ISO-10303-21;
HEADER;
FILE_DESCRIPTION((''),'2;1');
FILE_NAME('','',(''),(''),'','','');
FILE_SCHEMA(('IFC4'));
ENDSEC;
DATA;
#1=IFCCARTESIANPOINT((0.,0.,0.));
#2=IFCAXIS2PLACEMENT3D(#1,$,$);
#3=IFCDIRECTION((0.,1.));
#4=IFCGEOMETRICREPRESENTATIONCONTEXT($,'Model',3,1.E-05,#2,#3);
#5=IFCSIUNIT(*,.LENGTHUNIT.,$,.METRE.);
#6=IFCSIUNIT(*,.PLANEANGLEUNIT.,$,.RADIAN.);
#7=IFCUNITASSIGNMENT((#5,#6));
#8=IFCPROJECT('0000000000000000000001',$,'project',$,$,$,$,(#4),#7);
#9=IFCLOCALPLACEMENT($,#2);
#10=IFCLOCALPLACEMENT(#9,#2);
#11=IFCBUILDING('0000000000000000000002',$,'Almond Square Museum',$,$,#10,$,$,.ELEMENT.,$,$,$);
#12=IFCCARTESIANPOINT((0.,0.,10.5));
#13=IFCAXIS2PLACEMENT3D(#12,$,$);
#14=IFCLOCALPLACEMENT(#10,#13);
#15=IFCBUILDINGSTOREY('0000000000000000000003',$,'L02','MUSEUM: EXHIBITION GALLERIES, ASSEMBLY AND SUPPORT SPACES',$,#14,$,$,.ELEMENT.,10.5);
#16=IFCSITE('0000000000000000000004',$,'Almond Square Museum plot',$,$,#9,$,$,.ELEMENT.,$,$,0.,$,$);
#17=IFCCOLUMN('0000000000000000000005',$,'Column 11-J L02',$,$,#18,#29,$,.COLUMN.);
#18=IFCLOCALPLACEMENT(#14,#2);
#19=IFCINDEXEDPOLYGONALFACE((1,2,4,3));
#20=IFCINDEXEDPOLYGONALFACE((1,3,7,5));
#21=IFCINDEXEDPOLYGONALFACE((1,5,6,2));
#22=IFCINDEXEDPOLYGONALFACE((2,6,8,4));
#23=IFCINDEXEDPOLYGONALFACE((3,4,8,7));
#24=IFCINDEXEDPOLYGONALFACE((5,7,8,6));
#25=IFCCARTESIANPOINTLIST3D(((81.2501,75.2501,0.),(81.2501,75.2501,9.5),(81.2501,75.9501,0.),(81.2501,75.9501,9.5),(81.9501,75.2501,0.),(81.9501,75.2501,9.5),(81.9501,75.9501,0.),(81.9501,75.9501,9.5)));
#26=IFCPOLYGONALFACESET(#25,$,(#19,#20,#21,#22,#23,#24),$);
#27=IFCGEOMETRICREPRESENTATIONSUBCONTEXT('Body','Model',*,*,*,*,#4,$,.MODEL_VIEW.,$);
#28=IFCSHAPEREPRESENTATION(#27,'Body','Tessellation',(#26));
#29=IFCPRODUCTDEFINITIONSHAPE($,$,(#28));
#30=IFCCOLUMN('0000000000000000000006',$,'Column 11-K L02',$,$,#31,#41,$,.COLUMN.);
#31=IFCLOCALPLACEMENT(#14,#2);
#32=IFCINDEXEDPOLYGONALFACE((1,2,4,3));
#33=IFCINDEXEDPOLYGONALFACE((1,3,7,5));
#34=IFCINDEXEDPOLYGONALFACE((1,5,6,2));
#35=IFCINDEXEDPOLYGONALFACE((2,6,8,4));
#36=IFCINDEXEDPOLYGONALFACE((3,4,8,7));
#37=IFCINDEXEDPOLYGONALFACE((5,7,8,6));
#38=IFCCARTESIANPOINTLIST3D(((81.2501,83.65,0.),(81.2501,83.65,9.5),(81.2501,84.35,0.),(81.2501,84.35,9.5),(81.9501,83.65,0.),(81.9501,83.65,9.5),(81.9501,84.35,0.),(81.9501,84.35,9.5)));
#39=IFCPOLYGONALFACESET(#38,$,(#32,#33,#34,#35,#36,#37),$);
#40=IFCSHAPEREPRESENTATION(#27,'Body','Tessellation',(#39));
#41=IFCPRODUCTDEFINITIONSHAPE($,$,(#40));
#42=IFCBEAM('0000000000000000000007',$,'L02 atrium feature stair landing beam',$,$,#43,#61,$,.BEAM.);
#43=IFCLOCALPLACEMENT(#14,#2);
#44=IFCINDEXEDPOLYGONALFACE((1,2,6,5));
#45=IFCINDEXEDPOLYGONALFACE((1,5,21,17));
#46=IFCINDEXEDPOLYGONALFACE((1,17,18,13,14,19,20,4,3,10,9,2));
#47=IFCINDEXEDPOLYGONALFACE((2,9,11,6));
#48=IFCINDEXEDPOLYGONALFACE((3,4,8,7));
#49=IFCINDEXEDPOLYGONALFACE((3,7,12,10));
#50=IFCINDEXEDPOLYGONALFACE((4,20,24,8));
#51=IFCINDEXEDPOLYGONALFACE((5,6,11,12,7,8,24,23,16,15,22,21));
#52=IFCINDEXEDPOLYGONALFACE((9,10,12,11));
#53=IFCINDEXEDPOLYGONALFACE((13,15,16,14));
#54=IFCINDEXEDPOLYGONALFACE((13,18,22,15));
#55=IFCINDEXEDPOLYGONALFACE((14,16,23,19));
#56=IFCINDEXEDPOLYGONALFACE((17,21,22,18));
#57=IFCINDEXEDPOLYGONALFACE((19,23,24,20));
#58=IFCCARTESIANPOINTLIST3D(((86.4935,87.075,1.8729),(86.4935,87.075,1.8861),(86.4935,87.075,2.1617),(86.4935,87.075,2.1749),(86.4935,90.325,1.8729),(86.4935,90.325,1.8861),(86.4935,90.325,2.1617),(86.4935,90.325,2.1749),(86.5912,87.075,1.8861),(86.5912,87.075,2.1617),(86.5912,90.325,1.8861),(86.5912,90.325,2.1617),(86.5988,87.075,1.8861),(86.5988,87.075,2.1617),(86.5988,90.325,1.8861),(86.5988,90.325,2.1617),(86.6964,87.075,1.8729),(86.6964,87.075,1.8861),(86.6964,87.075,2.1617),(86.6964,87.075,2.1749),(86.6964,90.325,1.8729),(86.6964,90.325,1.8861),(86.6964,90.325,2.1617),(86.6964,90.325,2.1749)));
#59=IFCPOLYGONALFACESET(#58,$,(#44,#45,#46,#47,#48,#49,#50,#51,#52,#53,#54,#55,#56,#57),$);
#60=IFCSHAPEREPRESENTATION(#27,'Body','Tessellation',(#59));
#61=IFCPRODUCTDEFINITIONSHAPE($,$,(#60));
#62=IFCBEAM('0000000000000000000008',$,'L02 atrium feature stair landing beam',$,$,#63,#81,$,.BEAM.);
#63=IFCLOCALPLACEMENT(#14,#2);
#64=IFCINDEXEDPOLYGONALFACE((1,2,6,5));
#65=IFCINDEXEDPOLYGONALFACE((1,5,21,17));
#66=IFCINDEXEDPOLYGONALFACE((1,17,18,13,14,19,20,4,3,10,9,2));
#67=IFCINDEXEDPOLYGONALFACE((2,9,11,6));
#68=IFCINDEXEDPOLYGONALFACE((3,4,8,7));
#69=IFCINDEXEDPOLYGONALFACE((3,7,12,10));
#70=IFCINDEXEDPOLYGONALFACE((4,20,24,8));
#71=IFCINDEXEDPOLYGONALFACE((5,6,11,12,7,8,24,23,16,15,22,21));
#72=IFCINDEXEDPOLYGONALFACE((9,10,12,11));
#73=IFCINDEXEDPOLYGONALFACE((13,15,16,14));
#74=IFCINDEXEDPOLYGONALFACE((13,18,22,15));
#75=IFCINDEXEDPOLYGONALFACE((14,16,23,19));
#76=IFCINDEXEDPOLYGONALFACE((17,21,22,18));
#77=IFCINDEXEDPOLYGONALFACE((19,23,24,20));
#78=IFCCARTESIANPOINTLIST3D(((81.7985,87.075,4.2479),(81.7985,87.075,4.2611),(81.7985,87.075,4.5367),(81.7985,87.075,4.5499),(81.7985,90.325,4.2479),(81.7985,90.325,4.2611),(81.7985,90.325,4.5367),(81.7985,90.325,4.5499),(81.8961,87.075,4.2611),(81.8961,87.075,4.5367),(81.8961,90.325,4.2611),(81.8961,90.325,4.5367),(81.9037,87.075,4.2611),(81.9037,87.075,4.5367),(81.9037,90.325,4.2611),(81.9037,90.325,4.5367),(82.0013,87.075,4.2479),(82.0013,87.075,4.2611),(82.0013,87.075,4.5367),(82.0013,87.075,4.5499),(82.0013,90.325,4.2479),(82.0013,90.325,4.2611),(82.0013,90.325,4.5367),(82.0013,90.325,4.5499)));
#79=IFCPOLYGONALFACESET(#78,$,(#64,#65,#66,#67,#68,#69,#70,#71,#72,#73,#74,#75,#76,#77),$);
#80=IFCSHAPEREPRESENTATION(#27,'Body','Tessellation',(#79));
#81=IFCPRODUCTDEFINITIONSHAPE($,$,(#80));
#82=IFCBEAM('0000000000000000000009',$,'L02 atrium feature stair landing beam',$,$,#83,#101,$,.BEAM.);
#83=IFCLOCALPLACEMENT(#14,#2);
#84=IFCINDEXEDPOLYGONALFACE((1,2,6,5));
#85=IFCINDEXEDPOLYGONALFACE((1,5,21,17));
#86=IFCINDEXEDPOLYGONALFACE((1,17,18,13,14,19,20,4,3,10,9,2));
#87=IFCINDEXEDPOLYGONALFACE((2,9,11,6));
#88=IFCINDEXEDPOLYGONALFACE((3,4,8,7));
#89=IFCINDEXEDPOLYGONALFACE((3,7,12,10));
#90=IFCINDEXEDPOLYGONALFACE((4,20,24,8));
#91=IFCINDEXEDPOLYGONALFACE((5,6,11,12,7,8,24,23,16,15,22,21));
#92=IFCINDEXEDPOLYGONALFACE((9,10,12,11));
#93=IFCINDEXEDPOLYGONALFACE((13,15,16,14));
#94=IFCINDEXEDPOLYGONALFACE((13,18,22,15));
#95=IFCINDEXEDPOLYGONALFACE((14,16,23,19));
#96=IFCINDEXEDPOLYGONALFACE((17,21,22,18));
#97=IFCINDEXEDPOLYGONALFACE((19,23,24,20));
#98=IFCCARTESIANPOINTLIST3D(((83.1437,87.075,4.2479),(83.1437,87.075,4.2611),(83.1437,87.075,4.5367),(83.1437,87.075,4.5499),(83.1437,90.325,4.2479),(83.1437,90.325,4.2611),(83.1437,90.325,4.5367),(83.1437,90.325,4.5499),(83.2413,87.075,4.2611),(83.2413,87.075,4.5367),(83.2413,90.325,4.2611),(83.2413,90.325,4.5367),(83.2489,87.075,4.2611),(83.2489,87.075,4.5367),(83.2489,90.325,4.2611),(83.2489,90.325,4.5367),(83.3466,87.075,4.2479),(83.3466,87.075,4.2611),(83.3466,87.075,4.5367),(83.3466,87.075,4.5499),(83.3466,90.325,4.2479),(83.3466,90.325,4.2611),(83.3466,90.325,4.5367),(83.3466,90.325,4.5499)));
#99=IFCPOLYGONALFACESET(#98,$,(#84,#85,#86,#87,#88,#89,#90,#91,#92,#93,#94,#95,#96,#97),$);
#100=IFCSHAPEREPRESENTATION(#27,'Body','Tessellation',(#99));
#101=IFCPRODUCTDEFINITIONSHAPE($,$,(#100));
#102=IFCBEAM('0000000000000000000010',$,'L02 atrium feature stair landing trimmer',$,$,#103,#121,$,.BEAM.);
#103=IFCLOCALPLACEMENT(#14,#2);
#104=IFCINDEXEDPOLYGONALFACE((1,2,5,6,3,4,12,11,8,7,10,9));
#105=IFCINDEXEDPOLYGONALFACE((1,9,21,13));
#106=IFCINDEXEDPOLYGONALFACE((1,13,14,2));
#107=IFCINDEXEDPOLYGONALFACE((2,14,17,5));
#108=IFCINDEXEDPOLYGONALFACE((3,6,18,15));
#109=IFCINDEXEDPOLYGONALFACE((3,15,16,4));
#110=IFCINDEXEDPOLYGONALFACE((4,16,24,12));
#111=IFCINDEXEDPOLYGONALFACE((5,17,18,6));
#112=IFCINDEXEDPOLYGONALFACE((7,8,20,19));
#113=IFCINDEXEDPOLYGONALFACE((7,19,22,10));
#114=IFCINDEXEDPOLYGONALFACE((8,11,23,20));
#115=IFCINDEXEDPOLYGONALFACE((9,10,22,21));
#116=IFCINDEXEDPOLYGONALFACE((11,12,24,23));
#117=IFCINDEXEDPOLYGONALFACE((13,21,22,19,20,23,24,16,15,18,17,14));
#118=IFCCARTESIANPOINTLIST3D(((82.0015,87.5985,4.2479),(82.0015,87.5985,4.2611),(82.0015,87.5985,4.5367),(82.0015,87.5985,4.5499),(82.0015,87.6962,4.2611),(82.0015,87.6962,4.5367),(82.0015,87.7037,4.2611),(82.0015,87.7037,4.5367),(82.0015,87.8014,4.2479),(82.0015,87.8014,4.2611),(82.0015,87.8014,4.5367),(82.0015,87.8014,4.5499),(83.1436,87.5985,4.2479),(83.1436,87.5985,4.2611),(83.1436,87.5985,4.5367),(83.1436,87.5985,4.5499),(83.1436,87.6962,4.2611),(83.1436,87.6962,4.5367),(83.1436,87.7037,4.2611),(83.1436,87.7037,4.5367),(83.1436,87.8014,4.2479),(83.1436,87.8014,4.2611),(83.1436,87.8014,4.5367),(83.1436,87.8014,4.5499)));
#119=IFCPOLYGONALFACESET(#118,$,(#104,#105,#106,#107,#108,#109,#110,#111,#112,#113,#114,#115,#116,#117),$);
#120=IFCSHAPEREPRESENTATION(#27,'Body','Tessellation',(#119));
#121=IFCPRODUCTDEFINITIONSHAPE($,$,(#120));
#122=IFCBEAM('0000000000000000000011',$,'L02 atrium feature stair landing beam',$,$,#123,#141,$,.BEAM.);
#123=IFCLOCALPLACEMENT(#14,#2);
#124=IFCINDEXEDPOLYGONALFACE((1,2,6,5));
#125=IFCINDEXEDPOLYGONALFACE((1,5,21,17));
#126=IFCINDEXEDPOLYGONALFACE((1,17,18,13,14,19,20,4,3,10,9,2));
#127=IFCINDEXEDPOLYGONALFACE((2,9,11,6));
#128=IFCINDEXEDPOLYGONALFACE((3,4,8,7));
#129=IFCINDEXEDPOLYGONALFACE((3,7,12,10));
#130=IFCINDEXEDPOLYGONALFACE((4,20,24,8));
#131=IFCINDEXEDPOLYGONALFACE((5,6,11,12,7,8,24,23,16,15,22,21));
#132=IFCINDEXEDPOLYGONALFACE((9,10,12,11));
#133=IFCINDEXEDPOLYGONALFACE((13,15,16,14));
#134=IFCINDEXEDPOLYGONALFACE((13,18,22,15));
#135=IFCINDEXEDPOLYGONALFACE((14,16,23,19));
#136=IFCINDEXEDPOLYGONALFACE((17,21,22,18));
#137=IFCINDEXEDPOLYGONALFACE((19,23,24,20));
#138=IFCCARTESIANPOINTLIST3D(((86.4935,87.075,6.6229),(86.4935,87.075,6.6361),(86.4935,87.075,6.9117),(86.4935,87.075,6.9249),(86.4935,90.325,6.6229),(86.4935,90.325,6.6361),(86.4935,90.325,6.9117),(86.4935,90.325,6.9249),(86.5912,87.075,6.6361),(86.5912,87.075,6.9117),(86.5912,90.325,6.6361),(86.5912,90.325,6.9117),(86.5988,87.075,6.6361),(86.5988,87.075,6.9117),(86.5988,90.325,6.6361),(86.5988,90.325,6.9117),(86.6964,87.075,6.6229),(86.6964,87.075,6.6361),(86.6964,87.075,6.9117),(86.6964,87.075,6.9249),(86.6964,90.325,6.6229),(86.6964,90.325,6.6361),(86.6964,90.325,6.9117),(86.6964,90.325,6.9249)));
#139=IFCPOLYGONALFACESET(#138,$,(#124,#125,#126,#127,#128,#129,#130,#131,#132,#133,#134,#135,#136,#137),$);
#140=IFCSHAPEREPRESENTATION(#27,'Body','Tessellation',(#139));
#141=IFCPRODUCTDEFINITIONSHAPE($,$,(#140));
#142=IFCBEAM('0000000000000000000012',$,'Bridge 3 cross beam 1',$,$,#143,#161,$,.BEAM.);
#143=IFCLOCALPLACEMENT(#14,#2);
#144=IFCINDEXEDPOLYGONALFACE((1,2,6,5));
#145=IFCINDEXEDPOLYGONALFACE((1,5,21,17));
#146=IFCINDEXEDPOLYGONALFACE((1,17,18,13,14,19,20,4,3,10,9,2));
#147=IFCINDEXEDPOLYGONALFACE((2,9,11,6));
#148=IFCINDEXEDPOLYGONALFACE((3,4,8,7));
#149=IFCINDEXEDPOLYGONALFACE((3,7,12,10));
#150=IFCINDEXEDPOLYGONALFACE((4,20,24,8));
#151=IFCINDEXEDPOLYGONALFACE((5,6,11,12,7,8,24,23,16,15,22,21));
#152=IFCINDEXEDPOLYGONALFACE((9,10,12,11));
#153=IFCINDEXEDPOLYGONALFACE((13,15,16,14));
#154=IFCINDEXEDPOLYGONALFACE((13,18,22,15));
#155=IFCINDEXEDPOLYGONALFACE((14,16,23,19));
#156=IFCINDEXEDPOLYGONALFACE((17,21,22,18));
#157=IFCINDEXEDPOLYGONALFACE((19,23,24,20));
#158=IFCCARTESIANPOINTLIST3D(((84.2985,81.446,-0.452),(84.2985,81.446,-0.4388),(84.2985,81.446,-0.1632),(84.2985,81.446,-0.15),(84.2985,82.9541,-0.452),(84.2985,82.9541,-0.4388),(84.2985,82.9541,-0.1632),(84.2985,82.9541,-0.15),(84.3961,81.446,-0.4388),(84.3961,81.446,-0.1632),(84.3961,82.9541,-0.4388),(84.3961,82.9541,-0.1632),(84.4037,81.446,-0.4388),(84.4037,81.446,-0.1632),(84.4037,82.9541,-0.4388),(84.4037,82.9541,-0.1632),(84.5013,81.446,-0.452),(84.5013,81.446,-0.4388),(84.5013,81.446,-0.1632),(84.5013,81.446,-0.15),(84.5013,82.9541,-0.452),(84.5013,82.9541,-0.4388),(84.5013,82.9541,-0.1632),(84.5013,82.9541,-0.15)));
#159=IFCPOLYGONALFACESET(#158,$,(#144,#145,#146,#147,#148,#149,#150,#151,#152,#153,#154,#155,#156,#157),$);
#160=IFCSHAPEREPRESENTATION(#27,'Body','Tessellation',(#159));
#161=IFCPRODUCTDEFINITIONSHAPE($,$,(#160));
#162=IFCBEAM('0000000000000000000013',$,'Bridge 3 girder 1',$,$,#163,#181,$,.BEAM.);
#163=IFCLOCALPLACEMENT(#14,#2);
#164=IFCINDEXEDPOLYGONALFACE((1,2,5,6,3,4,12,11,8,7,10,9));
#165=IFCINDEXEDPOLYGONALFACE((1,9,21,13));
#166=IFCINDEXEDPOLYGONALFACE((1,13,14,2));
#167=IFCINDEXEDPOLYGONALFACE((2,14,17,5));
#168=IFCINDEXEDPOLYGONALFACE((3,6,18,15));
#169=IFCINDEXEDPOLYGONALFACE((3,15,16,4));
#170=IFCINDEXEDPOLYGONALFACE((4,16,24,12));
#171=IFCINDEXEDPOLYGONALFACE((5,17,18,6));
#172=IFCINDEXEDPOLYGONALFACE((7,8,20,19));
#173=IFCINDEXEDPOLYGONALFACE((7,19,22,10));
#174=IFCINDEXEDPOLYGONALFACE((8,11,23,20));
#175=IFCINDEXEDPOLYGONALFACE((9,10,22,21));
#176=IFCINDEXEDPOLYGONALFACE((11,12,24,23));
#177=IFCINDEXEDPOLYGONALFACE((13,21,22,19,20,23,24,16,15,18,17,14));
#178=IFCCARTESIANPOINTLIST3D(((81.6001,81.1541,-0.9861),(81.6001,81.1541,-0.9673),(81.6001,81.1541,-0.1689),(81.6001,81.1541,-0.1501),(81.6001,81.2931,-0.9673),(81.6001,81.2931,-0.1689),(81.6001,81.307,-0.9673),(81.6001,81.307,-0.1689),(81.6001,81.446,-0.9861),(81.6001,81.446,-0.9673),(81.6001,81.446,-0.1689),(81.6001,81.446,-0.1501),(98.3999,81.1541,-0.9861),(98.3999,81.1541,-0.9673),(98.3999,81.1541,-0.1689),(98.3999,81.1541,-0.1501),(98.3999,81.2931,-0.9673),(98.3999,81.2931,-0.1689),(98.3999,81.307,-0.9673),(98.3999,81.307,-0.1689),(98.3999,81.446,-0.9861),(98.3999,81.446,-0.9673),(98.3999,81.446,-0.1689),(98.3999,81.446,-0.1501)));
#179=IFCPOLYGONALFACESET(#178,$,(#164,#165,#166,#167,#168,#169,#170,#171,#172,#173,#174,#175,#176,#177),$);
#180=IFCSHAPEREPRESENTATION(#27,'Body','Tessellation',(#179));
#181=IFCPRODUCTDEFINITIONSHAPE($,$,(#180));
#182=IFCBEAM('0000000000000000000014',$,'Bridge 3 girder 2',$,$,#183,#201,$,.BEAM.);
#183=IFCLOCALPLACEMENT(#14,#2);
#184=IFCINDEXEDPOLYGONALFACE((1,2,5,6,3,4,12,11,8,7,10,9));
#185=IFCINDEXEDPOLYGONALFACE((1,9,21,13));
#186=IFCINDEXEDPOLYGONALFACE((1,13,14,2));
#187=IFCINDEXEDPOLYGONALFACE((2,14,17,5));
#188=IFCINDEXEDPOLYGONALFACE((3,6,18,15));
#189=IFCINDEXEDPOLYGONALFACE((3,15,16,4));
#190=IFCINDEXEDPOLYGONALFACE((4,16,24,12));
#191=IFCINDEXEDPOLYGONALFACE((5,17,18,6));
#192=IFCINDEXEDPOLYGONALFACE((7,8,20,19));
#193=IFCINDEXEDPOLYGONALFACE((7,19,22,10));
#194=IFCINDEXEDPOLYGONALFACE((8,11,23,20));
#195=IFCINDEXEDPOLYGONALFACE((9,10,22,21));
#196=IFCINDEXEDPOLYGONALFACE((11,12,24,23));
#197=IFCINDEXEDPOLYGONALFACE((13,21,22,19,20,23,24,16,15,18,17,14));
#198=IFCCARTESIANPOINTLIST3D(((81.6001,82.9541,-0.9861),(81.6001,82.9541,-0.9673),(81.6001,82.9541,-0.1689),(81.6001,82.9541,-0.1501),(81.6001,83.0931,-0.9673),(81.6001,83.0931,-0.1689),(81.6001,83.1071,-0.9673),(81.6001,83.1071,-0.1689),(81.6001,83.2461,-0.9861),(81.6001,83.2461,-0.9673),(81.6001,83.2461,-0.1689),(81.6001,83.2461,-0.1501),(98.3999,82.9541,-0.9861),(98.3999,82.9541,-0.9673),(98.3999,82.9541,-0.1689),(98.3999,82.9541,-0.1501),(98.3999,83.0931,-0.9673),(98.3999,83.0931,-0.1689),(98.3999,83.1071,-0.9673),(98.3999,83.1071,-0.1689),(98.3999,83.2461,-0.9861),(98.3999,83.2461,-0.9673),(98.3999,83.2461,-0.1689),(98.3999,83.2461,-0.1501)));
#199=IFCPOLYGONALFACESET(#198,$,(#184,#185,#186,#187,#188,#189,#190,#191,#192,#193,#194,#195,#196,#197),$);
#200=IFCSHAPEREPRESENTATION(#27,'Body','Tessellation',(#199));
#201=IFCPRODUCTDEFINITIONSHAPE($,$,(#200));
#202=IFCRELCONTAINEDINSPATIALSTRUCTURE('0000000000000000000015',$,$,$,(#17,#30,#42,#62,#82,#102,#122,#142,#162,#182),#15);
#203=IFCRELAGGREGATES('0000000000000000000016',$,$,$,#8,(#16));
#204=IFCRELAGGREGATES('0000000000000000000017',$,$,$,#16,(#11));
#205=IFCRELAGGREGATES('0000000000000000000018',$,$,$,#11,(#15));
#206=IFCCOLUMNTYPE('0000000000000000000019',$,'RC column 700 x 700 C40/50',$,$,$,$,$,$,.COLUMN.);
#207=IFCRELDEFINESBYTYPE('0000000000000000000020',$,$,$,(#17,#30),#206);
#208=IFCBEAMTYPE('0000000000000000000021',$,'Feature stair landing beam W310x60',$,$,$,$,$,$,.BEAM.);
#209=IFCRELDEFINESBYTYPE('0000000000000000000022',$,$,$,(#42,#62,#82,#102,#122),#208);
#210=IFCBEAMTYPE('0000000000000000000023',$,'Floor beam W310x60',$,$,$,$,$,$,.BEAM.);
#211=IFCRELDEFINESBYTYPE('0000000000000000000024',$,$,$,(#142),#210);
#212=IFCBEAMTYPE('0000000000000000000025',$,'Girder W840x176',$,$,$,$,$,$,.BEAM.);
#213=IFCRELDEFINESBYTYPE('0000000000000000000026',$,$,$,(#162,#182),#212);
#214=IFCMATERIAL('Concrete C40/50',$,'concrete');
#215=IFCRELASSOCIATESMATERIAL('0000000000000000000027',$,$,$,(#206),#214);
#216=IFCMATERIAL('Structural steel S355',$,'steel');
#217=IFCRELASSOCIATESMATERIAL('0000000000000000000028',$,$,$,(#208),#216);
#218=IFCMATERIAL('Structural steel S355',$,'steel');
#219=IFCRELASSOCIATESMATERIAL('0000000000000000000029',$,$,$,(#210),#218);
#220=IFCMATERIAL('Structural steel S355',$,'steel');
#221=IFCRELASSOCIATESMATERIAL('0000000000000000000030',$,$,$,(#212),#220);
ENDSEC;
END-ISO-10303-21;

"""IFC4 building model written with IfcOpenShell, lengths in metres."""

from ifc_helpers import new_model, si_unit, direction, frame, origin, origin_2d, place, context, subcontext, project, spatial, rectangle, i_section, extrude, material, material_profile, profile_set, type_object, element, save


model = new_model("IFC4")

# Units and contexts
model_context = context("Model", 3, precision=1e-05, world=origin(), true_north=direction((0.0, 1.0)))
body_context = subcontext(model_context, "Body", "Model", "MODEL_VIEW")
ifc_project = project(units=[si_unit("LENGTHUNIT", "METRE"), si_unit("PLANEANGLEUNIT", "RADIAN")], contexts=[model_context])

# Site, building, storey
site_placement = place(None, origin())
site = spatial("IfcSite", under=ifc_project, at=site_placement, Name="Almond Square Museum plot", CompositionType="ELEMENT", RefElevation=0.0)
building_placement = place(site_placement, origin())
building = spatial("IfcBuilding", under=site, at=building_placement, Name="Almond Square Museum", CompositionType="ELEMENT")
storey_placement = place(building_placement, frame((0.0, 0.0, 10.5)))
storey = spatial("IfcBuildingStorey", under=building, at=storey_placement, Name="L02", Description="MUSEUM: EXHIBITION GALLERIES, ASSEMBLY AND SUPPORT SPACES", CompositionType="ELEMENT", Elevation=10.5)

# Columns
ifc_material_1 = material(Name="Concrete C40/50", Category="concrete")
ifc_material_profile_1 = material_profile(ifc_material_1, rectangle(XDim=0.7, YDim=0.7, at=origin_2d()))
ifc_profile_set_1 = profile_set([ifc_material_profile_1], Name="Concrete C40/50")
column_type_1 = type_object("IfcColumnType", Name="RC column 700 x 700 C40/50", PredefinedType="COLUMN", material=ifc_profile_set_1)
for number, where, z_axis, x_axis, name in (
    (1, (81.6001, 75.6001, 0.0), (0.0, 0.0, 1.0), (1.0, 0.0, 0.0), "Column 11-J L02"),
    (2, (81.6001, 84.0, 0.0), (0.0, 0.0, 1.0), (1.0, 0.0, 0.0), "Column 11-K L02"),
):
    element("IfcColumn", number, at=place(storey_placement, frame(where, z_axis=z_axis, x_axis=x_axis)), inside=storey, type_object=column_type_1, Name=name, PredefinedType="COLUMN", context=body_context, shape_type="SweptSolid", body=[
        extrude(rectangle(XDim=0.7, YDim=0.7, at=origin_2d()), origin(), (0.0, 0.0, 1.0), 9.5),
    ])

# Beams
ifc_material_2 = material(Name="Structural steel S355", Category="steel")
ifc_material_profile_2 = material_profile(ifc_material_2, i_section(OverallWidth=0.2029, OverallDepth=0.302, WebThickness=0.0076, FlangeThickness=0.0132, at=origin_2d()))
ifc_profile_set_2 = profile_set([ifc_material_profile_2], Name="Structural steel S355")
beam_type_1 = type_object("IfcBeamType", Name="Feature stair landing beam W310x60", PredefinedType="BEAM", material=ifc_profile_set_2)
for number, where, z_axis, x_axis, name in (
    (3, (86.595, 87.075, 2.0239), (0.0, 1.0, 0.0), (-1.0, 0.0, 0.0), "L02 atrium feature stair landing beam"),
    (4, (81.8999, 87.075, 4.3989), (0.0, 1.0, 0.0), (-1.0, 0.0, 0.0), "L02 atrium feature stair landing beam"),
    (5, (83.2451, 87.075, 4.3989), (0.0, 1.0, 0.0), (-1.0, 0.0, 0.0), "L02 atrium feature stair landing beam"),
):
    element("IfcBeam", number, at=place(storey_placement, frame(where, z_axis=z_axis, x_axis=x_axis)), inside=storey, type_object=beam_type_1, Name=name, PredefinedType="BEAM", context=body_context, shape_type="SweptSolid", body=[
        extrude(i_section(OverallWidth=0.2029, OverallDepth=0.302, WebThickness=0.0076, FlangeThickness=0.0132, at=origin_2d()), origin(), (0.0, 0.0, 1.0), 3.25),
    ])
beam_1_placement = place(storey_placement, frame((82.0015, 87.7, 4.3989), z_axis=(1.0, 0.0, 0.0), x_axis=(0.0, 1.0, 0.0)))
element("IfcBeam", 6, at=beam_1_placement, inside=storey, type_object=beam_type_1, Name="L02 atrium feature stair landing trimmer", PredefinedType="BEAM", context=body_context, shape_type="SweptSolid", body=[
    extrude(i_section(OverallWidth=0.2029, OverallDepth=0.302, WebThickness=0.0076, FlangeThickness=0.0132, at=origin_2d()), origin(), (0.0, 0.0, 1.0), 1.1421),
])
beam_2_placement = place(storey_placement, frame((86.595, 87.075, 6.7739), z_axis=(0.0, 1.0, 0.0), x_axis=(-1.0, 0.0, 0.0)))
element("IfcBeam", 7, at=beam_2_placement, inside=storey, type_object=beam_type_1, Name="L02 atrium feature stair landing beam", PredefinedType="BEAM", context=body_context, shape_type="SweptSolid", body=[
    extrude(i_section(OverallWidth=0.2029, OverallDepth=0.302, WebThickness=0.0076, FlangeThickness=0.0132, at=origin_2d()), origin(), (0.0, 0.0, 1.0), 3.25),
])
ifc_material_3 = material(Name="Structural steel S355", Category="steel")
ifc_material_profile_3 = material_profile(ifc_material_3, i_section(OverallWidth=0.2029, OverallDepth=0.302, WebThickness=0.0076, FlangeThickness=0.0132, at=origin_2d()))
ifc_profile_set_3 = profile_set([ifc_material_profile_3], Name="Structural steel S355")
beam_type_2 = type_object("IfcBeamType", Name="Floor beam W310x60", PredefinedType="BEAM", material=ifc_profile_set_3)
beam_3_placement = place(storey_placement, frame((84.3999, 81.446, -0.301), z_axis=(0.0, 1.0, 0.0), x_axis=(-1.0, 0.0, 0.0)))
element("IfcBeam", 8, at=beam_3_placement, inside=storey, type_object=beam_type_2, Name="Bridge 3 cross beam 1", PredefinedType="BEAM", context=body_context, shape_type="SweptSolid", body=[
    extrude(i_section(OverallWidth=0.2029, OverallDepth=0.302, WebThickness=0.0076, FlangeThickness=0.0132, at=origin_2d()), origin(), (0.0, 0.0, 1.0), 1.5081),
])
ifc_material_4 = material(Name="Structural steel S355", Category="steel")
ifc_material_profile_4 = material_profile(ifc_material_4, i_section(OverallWidth=0.292, OverallDepth=0.8359, WebThickness=0.0139, FlangeThickness=0.0188, at=origin_2d()))
ifc_profile_set_4 = profile_set([ifc_material_profile_4], Name="Structural steel S355")
beam_type_3 = type_object("IfcBeamType", Name="Girder W840x176", PredefinedType="BEAM", material=ifc_profile_set_4)
for number, where, z_axis, x_axis, name in (
    (9, (81.6001, 81.3, -0.5681), (1.0, 0.0, 0.0), (0.0, 1.0, 0.0), "Bridge 3 girder 1"),
    (10, (81.6001, 83.1001, -0.5681), (1.0, 0.0, 0.0), (0.0, 1.0, 0.0), "Bridge 3 girder 2"),
):
    element("IfcBeam", number, at=place(storey_placement, frame(where, z_axis=z_axis, x_axis=x_axis)), inside=storey, type_object=beam_type_3, Name=name, PredefinedType="BEAM", context=body_context, shape_type="SweptSolid", body=[
        extrude(i_section(OverallWidth=0.292, OverallDepth=0.8359, WebThickness=0.0139, FlangeThickness=0.0188, at=origin_2d()), origin(), (0.0, 0.0, 1.0), 16.7998),
    ])

save(model, "model.ifc")
